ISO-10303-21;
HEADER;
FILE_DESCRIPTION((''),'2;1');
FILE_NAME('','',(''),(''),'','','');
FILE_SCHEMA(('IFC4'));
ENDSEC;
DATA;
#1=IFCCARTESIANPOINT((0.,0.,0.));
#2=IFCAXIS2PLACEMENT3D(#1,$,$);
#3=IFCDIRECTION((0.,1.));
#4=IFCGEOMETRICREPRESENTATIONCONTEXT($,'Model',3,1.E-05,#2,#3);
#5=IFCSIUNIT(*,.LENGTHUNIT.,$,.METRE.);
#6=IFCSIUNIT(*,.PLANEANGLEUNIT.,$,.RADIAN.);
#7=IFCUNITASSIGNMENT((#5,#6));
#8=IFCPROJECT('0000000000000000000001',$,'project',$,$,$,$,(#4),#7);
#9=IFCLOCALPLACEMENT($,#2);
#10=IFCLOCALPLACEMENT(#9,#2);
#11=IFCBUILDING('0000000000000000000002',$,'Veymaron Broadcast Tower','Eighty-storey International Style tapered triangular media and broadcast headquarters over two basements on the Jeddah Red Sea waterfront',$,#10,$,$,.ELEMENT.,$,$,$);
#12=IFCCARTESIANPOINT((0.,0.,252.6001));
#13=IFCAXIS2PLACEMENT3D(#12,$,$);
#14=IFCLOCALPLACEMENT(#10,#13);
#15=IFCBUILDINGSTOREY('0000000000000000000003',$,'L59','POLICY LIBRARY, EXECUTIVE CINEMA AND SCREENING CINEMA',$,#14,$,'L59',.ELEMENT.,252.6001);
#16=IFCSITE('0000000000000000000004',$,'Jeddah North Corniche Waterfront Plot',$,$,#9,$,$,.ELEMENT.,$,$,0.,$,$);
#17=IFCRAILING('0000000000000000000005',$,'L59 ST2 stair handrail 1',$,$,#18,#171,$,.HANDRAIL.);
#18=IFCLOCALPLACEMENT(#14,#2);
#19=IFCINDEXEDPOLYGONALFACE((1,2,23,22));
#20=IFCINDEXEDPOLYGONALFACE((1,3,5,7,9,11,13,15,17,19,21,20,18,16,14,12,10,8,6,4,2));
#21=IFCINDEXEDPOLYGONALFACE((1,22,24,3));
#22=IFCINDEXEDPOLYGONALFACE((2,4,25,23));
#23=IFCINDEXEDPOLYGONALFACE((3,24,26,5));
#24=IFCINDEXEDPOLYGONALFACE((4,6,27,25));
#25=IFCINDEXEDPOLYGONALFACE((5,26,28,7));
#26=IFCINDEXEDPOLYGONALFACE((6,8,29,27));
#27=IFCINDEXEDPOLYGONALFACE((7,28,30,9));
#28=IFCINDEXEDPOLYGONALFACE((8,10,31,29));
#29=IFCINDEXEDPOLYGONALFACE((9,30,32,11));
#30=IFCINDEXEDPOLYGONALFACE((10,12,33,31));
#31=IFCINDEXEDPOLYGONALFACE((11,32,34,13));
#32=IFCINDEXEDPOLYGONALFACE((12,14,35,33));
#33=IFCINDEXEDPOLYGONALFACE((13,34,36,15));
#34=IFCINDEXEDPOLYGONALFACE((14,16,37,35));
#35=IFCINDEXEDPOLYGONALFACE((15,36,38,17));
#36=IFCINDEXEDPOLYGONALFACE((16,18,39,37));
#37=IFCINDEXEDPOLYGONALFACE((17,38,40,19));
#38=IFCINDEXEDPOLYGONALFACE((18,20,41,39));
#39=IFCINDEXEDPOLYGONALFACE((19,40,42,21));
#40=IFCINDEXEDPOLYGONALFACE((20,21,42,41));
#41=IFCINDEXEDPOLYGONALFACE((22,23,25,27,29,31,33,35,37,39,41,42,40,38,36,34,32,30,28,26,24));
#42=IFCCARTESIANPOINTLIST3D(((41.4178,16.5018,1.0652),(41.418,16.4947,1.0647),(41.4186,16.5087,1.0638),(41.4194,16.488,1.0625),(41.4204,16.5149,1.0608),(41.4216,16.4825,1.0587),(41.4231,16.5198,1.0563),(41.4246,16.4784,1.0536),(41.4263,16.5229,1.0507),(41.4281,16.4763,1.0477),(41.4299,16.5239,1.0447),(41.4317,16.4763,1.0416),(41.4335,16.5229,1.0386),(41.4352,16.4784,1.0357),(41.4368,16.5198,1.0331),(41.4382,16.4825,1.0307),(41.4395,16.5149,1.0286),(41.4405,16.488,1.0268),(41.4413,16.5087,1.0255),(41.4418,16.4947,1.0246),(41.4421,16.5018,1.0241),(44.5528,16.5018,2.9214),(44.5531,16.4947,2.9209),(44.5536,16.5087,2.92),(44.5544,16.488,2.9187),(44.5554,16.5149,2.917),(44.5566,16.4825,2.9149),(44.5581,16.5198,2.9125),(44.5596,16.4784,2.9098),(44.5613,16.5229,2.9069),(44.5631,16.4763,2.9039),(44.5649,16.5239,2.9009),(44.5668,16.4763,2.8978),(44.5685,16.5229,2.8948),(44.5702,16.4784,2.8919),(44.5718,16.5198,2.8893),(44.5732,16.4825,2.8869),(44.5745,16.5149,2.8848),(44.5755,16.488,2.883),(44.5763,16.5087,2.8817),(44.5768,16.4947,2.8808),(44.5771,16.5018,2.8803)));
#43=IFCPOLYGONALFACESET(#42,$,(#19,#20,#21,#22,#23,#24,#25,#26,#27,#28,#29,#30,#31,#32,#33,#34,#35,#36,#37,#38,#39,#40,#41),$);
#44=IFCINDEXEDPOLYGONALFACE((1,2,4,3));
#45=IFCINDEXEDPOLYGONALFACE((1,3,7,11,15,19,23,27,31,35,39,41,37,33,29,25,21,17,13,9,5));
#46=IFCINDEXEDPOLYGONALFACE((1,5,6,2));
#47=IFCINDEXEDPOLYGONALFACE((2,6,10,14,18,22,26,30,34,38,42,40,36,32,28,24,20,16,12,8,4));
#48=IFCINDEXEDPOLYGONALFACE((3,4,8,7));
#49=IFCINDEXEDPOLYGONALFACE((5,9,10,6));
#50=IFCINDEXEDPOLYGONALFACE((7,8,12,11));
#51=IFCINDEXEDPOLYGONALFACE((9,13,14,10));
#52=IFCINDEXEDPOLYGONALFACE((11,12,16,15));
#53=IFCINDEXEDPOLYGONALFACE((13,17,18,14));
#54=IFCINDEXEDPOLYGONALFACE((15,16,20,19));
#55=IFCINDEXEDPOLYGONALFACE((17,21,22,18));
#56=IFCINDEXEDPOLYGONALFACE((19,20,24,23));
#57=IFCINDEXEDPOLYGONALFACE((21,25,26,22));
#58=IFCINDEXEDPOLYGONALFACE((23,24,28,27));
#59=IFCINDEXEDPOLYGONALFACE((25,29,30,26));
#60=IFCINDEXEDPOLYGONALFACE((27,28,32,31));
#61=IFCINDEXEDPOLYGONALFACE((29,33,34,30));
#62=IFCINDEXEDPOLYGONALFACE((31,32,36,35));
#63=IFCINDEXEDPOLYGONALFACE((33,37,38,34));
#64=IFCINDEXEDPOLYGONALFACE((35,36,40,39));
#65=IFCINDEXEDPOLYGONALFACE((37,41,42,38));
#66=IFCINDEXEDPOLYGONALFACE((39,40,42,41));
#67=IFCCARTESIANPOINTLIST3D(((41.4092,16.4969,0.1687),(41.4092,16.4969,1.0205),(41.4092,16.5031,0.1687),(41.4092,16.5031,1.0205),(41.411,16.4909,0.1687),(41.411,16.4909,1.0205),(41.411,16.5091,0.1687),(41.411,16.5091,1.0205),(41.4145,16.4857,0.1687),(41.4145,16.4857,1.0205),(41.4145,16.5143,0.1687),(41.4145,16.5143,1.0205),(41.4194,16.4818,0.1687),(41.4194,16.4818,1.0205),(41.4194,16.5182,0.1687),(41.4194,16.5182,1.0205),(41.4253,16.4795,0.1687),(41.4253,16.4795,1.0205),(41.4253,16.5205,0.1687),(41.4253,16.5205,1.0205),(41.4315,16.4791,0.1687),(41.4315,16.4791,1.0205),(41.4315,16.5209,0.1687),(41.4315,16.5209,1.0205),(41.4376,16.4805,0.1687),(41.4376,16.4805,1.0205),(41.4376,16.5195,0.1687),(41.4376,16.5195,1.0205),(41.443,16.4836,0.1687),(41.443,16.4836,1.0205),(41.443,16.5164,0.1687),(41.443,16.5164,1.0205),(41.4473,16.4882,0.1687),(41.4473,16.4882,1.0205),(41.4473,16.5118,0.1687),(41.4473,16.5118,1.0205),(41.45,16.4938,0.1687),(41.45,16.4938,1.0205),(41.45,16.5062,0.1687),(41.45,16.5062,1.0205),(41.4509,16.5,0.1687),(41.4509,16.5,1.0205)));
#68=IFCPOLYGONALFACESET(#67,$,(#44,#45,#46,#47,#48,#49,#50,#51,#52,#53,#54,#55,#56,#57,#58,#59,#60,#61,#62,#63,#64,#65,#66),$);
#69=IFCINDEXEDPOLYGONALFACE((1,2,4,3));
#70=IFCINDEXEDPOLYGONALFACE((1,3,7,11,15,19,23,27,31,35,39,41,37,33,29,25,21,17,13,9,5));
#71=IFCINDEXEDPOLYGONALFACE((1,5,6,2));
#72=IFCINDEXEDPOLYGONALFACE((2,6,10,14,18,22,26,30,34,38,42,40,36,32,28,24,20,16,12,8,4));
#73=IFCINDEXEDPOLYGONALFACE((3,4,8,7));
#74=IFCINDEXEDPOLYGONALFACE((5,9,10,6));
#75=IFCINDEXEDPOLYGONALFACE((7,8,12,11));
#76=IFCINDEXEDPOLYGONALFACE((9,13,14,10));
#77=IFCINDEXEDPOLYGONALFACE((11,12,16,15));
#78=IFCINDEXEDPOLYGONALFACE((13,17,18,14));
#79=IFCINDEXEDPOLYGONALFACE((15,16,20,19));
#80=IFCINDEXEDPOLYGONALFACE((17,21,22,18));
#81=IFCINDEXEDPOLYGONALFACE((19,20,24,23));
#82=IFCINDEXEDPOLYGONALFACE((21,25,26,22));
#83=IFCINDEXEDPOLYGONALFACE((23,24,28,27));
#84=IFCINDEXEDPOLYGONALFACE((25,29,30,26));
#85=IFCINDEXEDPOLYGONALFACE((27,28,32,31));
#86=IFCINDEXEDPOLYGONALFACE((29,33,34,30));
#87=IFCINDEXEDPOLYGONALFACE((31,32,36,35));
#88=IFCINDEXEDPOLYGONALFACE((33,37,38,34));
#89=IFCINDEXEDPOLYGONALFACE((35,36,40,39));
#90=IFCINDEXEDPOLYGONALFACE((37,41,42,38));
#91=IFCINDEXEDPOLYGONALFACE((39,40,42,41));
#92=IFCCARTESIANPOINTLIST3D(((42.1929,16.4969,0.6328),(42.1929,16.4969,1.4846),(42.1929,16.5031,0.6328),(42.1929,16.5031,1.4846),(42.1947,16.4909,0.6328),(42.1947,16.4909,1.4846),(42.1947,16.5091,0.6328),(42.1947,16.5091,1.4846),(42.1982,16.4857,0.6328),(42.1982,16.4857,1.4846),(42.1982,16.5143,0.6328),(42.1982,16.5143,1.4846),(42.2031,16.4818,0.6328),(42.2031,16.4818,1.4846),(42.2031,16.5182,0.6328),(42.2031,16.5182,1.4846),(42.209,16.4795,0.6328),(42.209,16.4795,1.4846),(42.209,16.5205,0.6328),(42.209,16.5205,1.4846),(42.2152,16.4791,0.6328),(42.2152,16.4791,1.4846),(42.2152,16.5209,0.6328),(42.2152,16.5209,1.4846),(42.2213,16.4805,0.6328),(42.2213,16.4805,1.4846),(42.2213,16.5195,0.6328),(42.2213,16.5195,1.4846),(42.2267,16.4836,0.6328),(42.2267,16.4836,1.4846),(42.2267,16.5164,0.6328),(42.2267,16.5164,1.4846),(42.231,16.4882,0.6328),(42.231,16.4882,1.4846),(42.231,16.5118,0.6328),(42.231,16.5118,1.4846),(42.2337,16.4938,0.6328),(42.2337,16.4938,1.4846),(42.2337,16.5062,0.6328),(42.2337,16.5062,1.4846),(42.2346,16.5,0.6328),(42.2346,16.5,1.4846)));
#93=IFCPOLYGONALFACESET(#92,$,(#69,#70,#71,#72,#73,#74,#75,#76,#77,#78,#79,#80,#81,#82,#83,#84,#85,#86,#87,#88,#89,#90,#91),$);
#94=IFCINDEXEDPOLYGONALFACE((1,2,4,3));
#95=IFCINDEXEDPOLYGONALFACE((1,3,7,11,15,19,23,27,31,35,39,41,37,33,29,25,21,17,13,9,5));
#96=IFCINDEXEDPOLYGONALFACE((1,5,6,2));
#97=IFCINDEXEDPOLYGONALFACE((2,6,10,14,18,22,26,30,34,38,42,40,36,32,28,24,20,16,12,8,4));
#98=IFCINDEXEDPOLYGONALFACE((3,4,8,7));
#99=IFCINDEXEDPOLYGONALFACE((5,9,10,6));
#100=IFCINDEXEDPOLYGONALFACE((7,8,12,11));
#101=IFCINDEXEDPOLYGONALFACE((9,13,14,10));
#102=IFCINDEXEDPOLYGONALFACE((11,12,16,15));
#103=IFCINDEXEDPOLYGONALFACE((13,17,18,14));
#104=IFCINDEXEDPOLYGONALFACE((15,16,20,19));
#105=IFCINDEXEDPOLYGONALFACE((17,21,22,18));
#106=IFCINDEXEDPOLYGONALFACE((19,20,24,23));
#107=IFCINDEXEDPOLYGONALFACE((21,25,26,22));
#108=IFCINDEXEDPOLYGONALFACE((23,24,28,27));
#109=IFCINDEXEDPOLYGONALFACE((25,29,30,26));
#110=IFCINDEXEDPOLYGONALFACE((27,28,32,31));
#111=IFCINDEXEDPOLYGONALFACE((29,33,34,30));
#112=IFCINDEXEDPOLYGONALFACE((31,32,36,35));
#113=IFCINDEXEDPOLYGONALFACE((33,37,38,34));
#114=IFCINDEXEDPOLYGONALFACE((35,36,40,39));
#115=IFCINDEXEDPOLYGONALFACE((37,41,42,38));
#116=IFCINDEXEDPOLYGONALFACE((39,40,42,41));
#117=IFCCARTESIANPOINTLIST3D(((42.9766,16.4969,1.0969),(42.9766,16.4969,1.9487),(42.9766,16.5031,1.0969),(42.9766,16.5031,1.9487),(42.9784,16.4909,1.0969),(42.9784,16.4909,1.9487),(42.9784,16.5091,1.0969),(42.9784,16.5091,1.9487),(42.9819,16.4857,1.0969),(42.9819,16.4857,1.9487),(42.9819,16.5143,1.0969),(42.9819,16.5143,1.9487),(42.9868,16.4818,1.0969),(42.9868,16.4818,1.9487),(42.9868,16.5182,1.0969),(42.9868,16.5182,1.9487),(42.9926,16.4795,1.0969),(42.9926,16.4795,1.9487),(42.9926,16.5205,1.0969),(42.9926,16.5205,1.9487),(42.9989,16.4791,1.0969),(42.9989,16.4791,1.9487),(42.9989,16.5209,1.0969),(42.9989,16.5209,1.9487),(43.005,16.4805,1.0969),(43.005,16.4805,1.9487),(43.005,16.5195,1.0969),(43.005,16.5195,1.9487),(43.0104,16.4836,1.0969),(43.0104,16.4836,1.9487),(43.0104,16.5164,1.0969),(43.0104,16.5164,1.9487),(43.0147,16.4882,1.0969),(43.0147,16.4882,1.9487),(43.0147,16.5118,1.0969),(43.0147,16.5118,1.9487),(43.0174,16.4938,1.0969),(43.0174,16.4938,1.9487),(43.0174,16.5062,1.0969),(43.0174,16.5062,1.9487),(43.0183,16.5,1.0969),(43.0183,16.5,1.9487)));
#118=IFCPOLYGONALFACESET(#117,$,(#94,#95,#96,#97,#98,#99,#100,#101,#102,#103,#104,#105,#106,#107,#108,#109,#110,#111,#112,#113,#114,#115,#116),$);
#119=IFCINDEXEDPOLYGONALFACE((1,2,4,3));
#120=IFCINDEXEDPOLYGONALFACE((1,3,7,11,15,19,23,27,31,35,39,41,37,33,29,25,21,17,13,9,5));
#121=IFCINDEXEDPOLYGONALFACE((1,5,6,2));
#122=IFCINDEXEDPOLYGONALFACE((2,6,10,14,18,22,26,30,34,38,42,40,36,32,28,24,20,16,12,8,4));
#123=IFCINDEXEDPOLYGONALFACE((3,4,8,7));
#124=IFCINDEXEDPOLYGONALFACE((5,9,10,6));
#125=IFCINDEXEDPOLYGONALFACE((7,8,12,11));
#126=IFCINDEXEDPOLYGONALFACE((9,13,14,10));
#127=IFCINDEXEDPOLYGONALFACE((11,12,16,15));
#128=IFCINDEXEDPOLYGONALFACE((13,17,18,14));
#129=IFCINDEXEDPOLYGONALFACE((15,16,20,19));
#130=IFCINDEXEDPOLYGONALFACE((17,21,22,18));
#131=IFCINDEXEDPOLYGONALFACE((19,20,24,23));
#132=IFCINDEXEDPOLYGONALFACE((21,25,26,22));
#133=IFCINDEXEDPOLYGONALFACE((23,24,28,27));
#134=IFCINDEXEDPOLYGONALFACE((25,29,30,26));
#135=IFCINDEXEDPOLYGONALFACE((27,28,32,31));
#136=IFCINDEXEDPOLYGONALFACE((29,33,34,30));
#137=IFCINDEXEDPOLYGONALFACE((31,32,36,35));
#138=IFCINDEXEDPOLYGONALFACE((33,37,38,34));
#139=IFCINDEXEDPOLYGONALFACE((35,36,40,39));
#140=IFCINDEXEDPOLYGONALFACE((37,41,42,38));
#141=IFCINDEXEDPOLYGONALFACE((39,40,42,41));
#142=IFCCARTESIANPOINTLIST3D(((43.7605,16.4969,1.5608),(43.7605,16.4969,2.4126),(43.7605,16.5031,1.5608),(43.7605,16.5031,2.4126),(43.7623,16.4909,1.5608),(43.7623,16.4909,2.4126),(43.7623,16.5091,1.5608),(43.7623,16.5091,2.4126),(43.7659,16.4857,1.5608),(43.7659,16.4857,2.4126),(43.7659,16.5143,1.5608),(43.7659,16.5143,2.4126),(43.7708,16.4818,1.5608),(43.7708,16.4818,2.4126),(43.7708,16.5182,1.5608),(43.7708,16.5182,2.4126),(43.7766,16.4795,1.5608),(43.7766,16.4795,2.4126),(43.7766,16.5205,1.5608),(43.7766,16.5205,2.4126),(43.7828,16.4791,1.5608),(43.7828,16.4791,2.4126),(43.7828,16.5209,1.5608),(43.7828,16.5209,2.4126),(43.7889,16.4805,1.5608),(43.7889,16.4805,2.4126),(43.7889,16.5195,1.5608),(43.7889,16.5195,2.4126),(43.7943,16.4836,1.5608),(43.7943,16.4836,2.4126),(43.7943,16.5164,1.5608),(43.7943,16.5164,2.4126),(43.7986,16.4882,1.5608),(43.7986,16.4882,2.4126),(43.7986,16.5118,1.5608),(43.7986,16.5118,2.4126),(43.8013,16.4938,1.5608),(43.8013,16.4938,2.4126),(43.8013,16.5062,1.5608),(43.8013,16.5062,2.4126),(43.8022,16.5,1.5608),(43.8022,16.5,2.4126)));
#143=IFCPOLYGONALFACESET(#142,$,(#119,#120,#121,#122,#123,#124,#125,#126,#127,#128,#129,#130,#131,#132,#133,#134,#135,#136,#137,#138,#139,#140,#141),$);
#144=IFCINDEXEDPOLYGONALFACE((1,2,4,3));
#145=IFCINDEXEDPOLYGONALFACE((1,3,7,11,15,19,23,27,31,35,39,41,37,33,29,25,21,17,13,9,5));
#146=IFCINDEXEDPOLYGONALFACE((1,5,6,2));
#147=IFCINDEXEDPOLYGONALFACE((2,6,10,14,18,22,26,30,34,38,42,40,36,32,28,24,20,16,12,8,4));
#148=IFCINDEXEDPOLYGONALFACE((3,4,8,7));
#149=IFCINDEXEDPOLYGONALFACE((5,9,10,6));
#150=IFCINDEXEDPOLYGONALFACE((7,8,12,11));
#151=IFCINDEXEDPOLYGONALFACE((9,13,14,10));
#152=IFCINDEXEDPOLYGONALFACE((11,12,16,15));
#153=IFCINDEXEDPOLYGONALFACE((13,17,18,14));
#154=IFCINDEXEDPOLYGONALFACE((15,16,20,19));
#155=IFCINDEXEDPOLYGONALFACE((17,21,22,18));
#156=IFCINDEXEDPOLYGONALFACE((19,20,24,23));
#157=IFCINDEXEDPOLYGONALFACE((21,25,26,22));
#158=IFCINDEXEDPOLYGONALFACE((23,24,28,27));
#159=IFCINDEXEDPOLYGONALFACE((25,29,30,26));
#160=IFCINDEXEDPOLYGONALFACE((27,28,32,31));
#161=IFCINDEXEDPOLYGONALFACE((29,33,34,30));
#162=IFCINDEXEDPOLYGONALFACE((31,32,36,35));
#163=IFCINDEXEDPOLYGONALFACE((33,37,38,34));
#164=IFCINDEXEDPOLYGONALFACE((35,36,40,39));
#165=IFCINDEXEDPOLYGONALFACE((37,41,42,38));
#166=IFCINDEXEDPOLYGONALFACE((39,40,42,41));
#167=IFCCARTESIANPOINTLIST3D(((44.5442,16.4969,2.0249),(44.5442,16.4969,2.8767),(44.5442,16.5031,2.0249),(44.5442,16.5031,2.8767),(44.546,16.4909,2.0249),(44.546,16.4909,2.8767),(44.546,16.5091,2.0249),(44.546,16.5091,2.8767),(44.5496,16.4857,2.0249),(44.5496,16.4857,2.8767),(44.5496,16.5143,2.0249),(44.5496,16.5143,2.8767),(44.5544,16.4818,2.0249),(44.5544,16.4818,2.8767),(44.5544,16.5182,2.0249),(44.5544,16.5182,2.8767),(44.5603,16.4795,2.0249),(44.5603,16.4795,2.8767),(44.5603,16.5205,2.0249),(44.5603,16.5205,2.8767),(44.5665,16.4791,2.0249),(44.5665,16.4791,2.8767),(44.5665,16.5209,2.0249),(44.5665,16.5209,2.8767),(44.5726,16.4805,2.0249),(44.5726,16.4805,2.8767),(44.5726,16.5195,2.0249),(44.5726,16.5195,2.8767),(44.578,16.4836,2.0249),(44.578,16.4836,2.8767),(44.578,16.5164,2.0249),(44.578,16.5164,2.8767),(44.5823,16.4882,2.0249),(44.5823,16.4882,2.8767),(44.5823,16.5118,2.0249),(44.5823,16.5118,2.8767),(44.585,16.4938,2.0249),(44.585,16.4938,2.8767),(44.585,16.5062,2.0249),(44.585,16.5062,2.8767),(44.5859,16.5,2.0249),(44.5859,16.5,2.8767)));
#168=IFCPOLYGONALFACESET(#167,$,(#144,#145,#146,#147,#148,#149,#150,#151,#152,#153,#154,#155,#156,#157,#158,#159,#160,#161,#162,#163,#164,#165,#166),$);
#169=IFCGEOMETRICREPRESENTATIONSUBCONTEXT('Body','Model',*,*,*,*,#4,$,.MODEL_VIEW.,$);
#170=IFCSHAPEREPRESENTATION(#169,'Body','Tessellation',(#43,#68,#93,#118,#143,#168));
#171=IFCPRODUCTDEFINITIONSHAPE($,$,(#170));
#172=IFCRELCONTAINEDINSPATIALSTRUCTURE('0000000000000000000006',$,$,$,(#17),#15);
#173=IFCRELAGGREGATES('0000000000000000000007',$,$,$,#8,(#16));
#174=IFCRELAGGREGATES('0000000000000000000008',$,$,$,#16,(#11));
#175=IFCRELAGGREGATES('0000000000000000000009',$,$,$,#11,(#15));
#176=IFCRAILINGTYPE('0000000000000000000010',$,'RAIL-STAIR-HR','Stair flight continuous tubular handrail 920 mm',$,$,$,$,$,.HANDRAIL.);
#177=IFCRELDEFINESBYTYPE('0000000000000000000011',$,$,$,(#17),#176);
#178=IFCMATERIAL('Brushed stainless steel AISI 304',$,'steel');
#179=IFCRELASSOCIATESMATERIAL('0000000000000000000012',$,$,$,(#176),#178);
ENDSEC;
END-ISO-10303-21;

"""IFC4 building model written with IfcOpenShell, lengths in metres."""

from ifc_helpers import new_model, si_unit, direction, frame, origin, origin_2d, place, context, subcontext, project, spatial, circle, extrude, material, type_object, element, save


model = new_model("IFC4")

# Units and contexts
model_context = context("Model", 3, precision=1e-05, world=origin(), true_north=direction((0.0, 1.0)))
body_context = subcontext(model_context, "Body", "Model", "MODEL_VIEW")
ifc_project = project(units=[si_unit("LENGTHUNIT", "METRE"), si_unit("PLANEANGLEUNIT", "RADIAN")], contexts=[model_context])

# Site, building, storey
site_placement = place(None, origin())
site = spatial("IfcSite", under=ifc_project, at=site_placement, Name="Jeddah North Corniche Waterfront Plot", CompositionType="ELEMENT", RefElevation=0.0)
building_placement = place(site_placement, origin())
building = spatial("IfcBuilding", under=site, at=building_placement, Name="Veymaron Broadcast Tower", Description="Eighty-storey International Style tapered triangular media and broadcast headquarters over two basements on the Jeddah Red Sea waterfront", CompositionType="ELEMENT")
storey_placement = place(building_placement, frame((0.0, 0.0, 252.6001)))
storey = spatial("IfcBuildingStorey", under=building, at=storey_placement, Name="L59", Description="POLICY LIBRARY, EXECUTIVE CINEMA AND SCREENING CINEMA", LongName="L59", CompositionType="ELEMENT", Elevation=252.6001)

# Shared definitions
ifc_material_1 = material(Name="Brushed stainless steel AISI 304", Category="steel")

# Railing
railing_type_1 = type_object("IfcRailingType", Name="RAIL-STAIR-HR", Description="Stair flight continuous tubular handrail 920 mm", PredefinedType="HANDRAIL", material=ifc_material_1)
railing_1_placement = place(storey_placement, frame((41.4299, 16.5, 0.1687)))
element("IfcRailing", 1, at=railing_1_placement, inside=storey, type_object=railing_type_1, Name="L59 ST2 stair handrail 1", PredefinedType="HANDRAIL", context=body_context, shape_type="SweptSolid", body=[
    extrude(circle(Radius=0.0239, at=origin_2d()), frame((0.0, 0.0, 0.876), z_axis=(0.860482, 0.0, 0.509481), x_axis=(0.0, 1.0, 0.0)), (0.0, 0.0, 1.0), 3.6433),
    extrude(circle(Radius=0.021, at=origin_2d()), origin(), (0.0, 0.0, 1.0), 0.8518),
    extrude(circle(Radius=0.021, at=origin_2d()), frame((0.7837, 0.0, 0.4641)), (0.0, 0.0, 1.0), 0.8518),
    extrude(circle(Radius=0.021, at=origin_2d()), frame((1.5674, 0.0, 0.9282)), (0.0, 0.0, 1.0), 0.8518),
    extrude(circle(Radius=0.021, at=origin_2d()), frame((2.3513, 0.0, 1.3921)), (0.0, 0.0, 1.0), 0.8518),
    extrude(circle(Radius=0.021, at=origin_2d()), frame((3.135, 0.0, 1.8562)), (0.0, 0.0, 1.0), 0.8518),
])

save(model, "model.ifc")
